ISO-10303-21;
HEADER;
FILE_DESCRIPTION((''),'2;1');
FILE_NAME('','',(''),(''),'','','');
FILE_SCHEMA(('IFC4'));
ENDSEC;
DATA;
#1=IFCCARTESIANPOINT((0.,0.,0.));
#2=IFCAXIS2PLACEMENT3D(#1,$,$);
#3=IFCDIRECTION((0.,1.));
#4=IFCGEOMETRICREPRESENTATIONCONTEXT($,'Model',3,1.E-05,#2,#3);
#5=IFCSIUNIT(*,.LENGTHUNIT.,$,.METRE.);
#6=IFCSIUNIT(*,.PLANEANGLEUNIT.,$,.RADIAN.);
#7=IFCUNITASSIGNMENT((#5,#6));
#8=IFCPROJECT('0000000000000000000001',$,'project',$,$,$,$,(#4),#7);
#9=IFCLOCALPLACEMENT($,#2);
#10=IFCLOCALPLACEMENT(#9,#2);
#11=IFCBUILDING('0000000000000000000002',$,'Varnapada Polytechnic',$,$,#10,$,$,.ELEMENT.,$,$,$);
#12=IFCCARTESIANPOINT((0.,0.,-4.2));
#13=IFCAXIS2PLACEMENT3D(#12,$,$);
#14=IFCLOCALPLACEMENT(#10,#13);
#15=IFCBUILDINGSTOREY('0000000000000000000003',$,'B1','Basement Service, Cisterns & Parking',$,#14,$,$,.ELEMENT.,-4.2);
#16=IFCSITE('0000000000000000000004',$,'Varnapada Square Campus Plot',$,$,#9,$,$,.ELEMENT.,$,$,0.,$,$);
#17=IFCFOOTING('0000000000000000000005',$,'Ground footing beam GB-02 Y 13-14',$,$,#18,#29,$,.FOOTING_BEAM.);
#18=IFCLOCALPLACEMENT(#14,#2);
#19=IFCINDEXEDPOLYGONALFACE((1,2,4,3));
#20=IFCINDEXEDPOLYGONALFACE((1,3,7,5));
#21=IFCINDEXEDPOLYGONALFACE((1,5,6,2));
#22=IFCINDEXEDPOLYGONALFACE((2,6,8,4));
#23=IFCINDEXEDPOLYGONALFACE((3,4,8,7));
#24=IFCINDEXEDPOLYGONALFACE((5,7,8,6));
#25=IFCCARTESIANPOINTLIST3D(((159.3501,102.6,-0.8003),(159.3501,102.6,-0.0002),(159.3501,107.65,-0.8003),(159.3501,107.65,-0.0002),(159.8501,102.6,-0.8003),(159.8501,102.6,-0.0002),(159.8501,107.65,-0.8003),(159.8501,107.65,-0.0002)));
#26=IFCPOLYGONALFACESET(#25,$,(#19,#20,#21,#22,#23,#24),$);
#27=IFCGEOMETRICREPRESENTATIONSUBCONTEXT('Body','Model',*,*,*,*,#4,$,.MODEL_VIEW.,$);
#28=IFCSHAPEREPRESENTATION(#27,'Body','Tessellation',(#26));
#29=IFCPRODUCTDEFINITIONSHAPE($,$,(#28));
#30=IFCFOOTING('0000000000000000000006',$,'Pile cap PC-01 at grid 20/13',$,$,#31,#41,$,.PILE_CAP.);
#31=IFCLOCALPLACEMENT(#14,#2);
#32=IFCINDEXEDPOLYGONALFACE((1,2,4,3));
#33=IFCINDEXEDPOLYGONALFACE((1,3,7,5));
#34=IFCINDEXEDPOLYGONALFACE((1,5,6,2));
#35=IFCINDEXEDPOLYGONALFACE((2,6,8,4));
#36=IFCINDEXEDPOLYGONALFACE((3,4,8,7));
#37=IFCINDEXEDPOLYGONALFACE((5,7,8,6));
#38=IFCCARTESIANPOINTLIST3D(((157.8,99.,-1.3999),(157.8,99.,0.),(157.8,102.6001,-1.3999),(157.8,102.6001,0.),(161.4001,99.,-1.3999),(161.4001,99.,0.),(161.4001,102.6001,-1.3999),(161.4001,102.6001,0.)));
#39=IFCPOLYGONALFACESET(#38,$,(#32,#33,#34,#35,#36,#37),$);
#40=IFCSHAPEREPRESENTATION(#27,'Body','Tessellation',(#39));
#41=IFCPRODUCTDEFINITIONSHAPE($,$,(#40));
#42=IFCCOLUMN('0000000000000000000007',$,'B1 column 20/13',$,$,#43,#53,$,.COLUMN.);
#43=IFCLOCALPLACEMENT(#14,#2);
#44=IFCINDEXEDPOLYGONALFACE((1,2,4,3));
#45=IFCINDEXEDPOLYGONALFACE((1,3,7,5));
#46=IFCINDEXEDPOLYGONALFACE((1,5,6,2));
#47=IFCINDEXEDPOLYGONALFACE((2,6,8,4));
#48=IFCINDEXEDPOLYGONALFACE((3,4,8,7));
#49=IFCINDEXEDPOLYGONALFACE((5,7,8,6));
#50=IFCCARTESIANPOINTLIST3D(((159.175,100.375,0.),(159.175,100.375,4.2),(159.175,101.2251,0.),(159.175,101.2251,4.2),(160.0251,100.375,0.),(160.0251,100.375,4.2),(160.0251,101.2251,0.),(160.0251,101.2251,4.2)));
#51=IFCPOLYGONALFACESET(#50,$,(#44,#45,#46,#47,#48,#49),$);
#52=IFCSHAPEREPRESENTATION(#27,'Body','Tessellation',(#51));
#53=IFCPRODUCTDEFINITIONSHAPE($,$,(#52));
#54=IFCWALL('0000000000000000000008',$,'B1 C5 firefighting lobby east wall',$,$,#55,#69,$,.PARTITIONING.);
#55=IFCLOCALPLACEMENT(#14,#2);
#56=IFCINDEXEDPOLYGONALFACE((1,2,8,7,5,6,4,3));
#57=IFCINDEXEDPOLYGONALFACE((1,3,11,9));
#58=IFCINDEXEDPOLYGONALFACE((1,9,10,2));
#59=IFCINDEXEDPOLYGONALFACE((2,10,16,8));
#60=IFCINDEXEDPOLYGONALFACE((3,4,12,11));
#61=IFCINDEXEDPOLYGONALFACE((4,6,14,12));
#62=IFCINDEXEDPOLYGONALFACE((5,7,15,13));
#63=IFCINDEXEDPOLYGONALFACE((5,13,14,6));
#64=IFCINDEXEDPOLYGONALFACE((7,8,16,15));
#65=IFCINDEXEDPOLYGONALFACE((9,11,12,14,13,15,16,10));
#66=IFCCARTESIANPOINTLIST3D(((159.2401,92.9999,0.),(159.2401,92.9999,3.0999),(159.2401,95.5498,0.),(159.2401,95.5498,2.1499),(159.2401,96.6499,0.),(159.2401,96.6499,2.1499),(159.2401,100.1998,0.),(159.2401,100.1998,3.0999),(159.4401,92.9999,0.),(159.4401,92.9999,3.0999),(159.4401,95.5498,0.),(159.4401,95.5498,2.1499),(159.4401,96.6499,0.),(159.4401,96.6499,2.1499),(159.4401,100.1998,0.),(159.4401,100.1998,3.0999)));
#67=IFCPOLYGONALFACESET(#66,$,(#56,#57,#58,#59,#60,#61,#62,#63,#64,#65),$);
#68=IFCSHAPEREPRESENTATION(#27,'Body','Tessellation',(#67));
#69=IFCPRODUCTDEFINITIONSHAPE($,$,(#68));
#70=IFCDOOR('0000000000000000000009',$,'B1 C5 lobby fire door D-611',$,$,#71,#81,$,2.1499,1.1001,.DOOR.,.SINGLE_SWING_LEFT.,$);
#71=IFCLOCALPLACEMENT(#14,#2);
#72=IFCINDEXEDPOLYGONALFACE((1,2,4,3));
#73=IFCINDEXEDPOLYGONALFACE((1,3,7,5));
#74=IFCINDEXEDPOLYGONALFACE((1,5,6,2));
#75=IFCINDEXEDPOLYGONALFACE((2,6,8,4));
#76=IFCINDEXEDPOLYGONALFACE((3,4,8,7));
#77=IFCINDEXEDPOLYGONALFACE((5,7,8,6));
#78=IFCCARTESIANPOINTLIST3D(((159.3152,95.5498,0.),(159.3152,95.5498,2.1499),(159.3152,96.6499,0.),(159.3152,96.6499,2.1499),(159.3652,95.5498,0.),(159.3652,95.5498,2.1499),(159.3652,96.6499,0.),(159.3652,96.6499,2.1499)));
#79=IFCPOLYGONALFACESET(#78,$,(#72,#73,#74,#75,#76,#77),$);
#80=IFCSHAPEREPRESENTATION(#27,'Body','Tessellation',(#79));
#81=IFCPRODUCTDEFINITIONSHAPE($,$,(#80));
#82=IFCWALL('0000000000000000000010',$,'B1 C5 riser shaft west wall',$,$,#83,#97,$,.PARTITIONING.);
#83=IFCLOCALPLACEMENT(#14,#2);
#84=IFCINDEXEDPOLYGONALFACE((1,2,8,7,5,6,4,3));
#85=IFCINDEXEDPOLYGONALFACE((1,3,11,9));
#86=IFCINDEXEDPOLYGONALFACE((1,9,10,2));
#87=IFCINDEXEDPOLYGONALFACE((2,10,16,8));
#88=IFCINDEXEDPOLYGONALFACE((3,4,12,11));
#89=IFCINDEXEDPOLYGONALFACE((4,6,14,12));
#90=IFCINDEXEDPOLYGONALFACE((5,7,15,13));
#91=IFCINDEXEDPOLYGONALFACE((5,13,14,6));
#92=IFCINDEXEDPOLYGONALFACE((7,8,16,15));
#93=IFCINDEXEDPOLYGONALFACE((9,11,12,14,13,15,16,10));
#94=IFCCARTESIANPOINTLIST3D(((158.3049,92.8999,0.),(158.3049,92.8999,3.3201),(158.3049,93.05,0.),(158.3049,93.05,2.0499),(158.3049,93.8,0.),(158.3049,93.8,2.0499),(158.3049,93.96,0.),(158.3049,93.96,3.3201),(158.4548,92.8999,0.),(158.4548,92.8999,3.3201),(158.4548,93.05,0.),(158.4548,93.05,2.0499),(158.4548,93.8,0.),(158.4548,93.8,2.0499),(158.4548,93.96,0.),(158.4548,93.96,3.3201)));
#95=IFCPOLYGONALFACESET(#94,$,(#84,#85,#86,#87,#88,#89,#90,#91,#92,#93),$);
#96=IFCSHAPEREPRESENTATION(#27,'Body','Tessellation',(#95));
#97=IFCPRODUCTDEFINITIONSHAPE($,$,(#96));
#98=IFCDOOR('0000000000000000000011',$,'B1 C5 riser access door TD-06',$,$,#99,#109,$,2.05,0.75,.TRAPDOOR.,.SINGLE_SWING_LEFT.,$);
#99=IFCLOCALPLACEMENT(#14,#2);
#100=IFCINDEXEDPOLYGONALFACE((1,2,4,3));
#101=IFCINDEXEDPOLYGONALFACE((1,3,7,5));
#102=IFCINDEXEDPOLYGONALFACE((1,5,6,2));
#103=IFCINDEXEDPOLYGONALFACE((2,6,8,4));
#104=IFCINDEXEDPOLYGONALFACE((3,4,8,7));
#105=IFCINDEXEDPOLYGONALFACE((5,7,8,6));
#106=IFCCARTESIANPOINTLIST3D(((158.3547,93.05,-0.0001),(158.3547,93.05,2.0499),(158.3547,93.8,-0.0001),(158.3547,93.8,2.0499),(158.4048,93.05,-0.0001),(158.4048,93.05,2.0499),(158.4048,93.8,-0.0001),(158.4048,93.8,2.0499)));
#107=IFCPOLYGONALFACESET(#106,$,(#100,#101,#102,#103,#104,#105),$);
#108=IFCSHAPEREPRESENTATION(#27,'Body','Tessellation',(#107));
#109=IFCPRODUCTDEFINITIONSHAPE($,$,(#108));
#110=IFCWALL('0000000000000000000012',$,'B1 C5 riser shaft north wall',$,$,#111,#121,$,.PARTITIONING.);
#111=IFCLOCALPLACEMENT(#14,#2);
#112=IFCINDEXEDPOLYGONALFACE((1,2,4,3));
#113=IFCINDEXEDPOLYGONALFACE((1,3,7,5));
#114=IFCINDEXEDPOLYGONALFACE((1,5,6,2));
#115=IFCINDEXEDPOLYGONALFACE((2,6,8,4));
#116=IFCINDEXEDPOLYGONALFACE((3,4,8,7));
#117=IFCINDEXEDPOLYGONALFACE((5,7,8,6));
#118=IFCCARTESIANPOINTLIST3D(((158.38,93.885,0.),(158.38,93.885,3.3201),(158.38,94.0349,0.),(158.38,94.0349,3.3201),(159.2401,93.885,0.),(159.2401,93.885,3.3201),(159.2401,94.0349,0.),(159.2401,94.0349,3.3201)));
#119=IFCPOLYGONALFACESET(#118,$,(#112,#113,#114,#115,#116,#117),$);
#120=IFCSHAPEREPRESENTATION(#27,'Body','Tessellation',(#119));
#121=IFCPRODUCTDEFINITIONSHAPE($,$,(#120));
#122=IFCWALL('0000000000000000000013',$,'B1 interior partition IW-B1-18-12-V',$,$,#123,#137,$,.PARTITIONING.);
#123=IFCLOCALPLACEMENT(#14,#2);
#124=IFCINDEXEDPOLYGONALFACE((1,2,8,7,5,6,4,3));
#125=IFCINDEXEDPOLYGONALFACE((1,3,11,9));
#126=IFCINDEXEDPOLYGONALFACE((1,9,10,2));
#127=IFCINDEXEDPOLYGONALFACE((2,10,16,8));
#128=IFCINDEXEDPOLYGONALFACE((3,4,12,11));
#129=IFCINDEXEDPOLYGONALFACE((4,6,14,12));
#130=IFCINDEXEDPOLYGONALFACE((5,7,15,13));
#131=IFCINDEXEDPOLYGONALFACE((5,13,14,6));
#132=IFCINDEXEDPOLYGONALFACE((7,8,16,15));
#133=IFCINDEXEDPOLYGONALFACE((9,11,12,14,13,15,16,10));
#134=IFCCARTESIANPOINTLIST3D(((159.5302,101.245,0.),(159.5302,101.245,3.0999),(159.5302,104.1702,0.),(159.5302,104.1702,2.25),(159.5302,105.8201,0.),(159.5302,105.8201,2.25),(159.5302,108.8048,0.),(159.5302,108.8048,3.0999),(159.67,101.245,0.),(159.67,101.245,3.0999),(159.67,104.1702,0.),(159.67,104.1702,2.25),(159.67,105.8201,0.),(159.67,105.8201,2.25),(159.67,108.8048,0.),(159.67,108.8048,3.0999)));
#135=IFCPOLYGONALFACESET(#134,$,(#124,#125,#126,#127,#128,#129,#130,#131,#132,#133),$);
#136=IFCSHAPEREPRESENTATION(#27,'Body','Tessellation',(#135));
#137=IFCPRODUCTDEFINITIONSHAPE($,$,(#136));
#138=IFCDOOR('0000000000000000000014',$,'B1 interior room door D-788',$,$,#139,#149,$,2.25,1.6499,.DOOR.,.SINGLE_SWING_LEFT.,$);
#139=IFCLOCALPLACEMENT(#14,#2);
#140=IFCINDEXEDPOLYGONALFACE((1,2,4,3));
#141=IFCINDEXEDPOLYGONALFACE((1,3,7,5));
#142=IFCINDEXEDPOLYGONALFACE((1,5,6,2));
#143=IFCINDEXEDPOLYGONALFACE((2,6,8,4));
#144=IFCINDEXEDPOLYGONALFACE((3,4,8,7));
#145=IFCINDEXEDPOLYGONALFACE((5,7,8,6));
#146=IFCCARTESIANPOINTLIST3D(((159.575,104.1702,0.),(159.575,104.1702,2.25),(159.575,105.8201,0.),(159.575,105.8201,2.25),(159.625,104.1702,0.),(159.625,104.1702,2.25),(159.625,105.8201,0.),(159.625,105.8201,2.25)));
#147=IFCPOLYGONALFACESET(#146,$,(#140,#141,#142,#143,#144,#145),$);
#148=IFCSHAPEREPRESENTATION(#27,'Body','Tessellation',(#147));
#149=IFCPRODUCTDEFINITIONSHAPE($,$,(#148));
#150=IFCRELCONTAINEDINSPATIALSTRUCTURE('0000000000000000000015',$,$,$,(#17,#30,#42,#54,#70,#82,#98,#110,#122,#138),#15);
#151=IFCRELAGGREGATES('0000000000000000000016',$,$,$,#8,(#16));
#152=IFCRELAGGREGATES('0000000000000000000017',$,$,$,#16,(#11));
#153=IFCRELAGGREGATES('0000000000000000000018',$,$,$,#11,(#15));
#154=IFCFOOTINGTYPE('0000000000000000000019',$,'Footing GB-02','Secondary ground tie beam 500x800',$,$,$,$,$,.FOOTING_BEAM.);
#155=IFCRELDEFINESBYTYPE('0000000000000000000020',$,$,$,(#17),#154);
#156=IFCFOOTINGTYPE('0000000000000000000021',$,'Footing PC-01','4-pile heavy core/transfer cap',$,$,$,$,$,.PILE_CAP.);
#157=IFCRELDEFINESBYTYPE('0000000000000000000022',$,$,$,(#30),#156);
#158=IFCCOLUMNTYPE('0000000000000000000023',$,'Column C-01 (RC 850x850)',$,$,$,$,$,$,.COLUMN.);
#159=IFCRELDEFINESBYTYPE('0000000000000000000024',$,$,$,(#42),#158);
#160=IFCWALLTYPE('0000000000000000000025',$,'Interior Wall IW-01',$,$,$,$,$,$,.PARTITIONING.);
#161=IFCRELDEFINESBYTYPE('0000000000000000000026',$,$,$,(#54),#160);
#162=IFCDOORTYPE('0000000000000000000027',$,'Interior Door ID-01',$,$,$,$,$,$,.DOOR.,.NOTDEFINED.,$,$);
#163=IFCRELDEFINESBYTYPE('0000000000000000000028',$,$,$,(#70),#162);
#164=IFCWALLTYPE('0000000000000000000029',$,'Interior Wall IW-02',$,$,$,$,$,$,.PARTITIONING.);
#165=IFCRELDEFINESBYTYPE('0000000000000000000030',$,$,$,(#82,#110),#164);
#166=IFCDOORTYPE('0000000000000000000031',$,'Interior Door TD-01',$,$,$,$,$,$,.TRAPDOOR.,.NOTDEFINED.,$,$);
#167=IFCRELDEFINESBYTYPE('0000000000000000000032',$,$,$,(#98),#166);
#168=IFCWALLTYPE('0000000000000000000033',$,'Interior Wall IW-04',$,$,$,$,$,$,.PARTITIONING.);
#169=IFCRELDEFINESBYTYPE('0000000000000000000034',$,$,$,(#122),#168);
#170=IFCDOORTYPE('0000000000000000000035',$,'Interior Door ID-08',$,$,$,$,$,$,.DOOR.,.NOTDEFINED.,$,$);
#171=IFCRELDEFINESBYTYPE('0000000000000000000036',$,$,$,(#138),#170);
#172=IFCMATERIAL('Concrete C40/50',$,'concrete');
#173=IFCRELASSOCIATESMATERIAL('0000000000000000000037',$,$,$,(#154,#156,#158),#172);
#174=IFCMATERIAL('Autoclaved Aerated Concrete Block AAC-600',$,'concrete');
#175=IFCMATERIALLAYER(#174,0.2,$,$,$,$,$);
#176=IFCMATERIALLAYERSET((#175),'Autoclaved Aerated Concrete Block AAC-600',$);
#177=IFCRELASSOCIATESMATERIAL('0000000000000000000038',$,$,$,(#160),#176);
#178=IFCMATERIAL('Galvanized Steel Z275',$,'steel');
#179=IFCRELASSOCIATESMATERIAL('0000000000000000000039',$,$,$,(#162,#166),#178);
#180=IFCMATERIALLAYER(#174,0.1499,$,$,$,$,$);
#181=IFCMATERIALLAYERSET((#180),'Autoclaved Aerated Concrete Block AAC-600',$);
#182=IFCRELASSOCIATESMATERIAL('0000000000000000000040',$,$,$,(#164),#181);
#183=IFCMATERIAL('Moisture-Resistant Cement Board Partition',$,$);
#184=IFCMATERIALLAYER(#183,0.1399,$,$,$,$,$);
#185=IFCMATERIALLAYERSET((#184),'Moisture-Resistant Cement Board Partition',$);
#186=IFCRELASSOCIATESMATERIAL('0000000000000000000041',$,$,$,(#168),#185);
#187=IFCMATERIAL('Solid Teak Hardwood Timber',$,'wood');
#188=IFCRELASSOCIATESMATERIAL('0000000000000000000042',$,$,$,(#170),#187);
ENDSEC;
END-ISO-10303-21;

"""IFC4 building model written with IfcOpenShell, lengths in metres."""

from ifc_helpers import new_model, si_unit, direction, frame, frame_2d, origin, origin_2d, place, context, subcontext, project, spatial, rectangle, extrude, material, layer, layer_set, material_profile, profile_set, type_object, element, fill, save


model = new_model("IFC4")

# Units and contexts
model_context = context("Model", 3, precision=1e-05, world=origin(), true_north=direction((0.0, 1.0)))
body_context = subcontext(model_context, "Body", "Model", "MODEL_VIEW")
ifc_project = project(units=[si_unit("LENGTHUNIT", "METRE"), si_unit("PLANEANGLEUNIT", "RADIAN")], contexts=[model_context])

# Site, building, storey
site_placement = place(None, origin())
site = spatial("IfcSite", under=ifc_project, at=site_placement, Name="Varnapada Square Campus Plot", CompositionType="ELEMENT", RefElevation=0.0)
building_placement = place(site_placement, origin())
building = spatial("IfcBuilding", under=site, at=building_placement, Name="Varnapada Polytechnic", CompositionType="ELEMENT")
storey_placement = place(building_placement, frame((0.0, 0.0, -4.2)))
storey = spatial("IfcBuildingStorey", under=building, at=storey_placement, Name="B1", Description="Basement Service, Cisterns & Parking", CompositionType="ELEMENT", Elevation=-4.2)

# Shared definitions
ifc_material_1 = material(Name="Concrete C40/50", Category="concrete")

# Footings
footing_type_1 = type_object("IfcFootingType", Name="Footing GB-02", Description="Secondary ground tie beam 500x800", PredefinedType="FOOTING_BEAM", material=ifc_material_1)
footing_1_placement = place(storey_placement, frame((159.6001, 105.125, -0.8003), z_axis=(0.0, 0.0, 1.0), x_axis=(0.0, 1.0, 0.0)))
element("IfcFooting", 1, at=footing_1_placement, inside=storey, type_object=footing_type_1, Name="Ground footing beam GB-02 Y 13-14", PredefinedType="FOOTING_BEAM", context=body_context, shape_type="SweptSolid", body=[
    extrude(rectangle(XDim=5.05, YDim=0.5, at=origin_2d()), origin(), (0.0, 0.0, 1.0), 0.8),
])
footing_type_2 = type_object("IfcFootingType", Name="Footing PC-01", Description="4-pile heavy core/transfer cap", PredefinedType="PILE_CAP", material=ifc_material_1)
footing_2_placement = place(storey_placement, frame((159.6001, 100.8, -1.3999), z_axis=(0.0, 0.0, 1.0), x_axis=(1.0, 0.0, 0.0)))
element("IfcFooting", 2, at=footing_2_placement, inside=storey, type_object=footing_type_2, Name="Pile cap PC-01 at grid 20/13", PredefinedType="PILE_CAP", context=body_context, shape_type="SweptSolid", body=[
    extrude(rectangle(XDim=3.6001, YDim=3.6001, at=origin_2d()), origin(), (0.0, 0.0, 1.0), 1.3999),
])

# Column
ifc_material_profile_1 = material_profile(ifc_material_1, rectangle(XDim=0.8501, YDim=0.8501, at=origin_2d()), Name="RC 850x850")
ifc_profile_set_1 = profile_set([ifc_material_profile_1], Name="Concrete C40/50")
column_type = type_object("IfcColumnType", Name="Column C-01 (RC 850x850)", PredefinedType="COLUMN", material=ifc_profile_set_1)
column_placement = place(storey_placement, frame((159.6001, 100.8, 0.0), z_axis=(0.0, 0.0, 1.0), x_axis=(1.0, 0.0, 0.0)))
element("IfcColumn", 3, at=column_placement, inside=storey, type_object=column_type, Name="B1 column 20/13", PredefinedType="COLUMN", context=body_context, shape_type="SweptSolid", body=[
    extrude(rectangle(XDim=0.8501, YDim=0.8501, at=origin_2d()), origin(), (0.0, 0.0, 1.0), 4.2),
])

# Walls, openings, doors
ifc_material_2 = material(Name="Autoclaved Aerated Concrete Block AAC-600", Category="concrete")
ifc_layer_1 = layer(ifc_material_2, 0.2)
ifc_layer_set_1 = layer_set([ifc_layer_1], Name="Autoclaved Aerated Concrete Block AAC-600")
wall_type_1 = type_object("IfcWallType", Name="Interior Wall IW-01", PredefinedType="PARTITIONING", material=ifc_layer_set_1)
wall_1_placement = place(storey_placement, frame((159.3401, 100.2, 0.0), z_axis=(0.0, 0.0, 1.0), x_axis=(0.0, -1.0, 0.0)))
wall_1 = element("IfcWall", 4, at=wall_1_placement, inside=storey, type_object=wall_type_1, Name="B1 C5 firefighting lobby east wall", PredefinedType="PARTITIONING", context=body_context, shape_type="SweptSolid", body=[
    extrude(rectangle(XDim=7.2, YDim=0.2, at=frame_2d((3.6001, 0.0))), origin(), (0.0, 0.0, 1.0), 3.0999),
])
opening_1_placement = place(wall_1_placement, frame((3.55, 0.0, 0.0)))
opening_1 = element("IfcOpeningElement", 5, at=opening_1_placement, cuts=wall_1, PredefinedType="OPENING", context=body_context, shape_type="SweptSolid", body=[
    extrude(rectangle(XDim=1.1001, YDim=2.1499, at=frame_2d((0.55, 1.075))), frame((0.0, 0.1099, 0.0), z_axis=(0.0, -1.0, 0.0), x_axis=(1.0, 0.0, 0.0)), (0.0, 0.0, 1.0), 0.22),
])
ifc_material_3 = material(Name="Galvanized Steel Z275", Category="steel")
door_type_1 = type_object("IfcDoorType", Name="Interior Door ID-01", OperationType="NOTDEFINED", PredefinedType="DOOR", material=ifc_material_3)
door_1_placement = place(opening_1_placement, frame((1.1001, 0.0, 0.0), z_axis=(0.0, 0.0, 1.0), x_axis=(-1.0, 0.0, 0.0)))
door_1 = element("IfcDoor", 6, at=door_1_placement, inside=storey, type_object=door_type_1, Name="B1 C5 lobby fire door D-611", OperationType="SINGLE_SWING_LEFT", OverallHeight=2.1499, OverallWidth=1.1001, PredefinedType="DOOR", context=body_context, shape_type="SweptSolid", body=[
    extrude(rectangle(XDim=1.1001, YDim=2.1499, at=frame_2d((0.55, 1.075))), frame((0.0, 0.0249, 0.0), z_axis=(0.0, -1.0, 0.0), x_axis=(1.0, 0.0, 0.0)), (0.0, 0.0, 1.0), 0.05),
])
fill(opening_1, door_1)
ifc_layer_2 = layer(ifc_material_2, 0.1499)
ifc_layer_set_2 = layer_set([ifc_layer_2], Name="Autoclaved Aerated Concrete Block AAC-600")
wall_type_2 = type_object("IfcWallType", Name="Interior Wall IW-02", PredefinedType="PARTITIONING", material=ifc_layer_set_2)
wall_2_placement = place(storey_placement, frame((158.3799, 93.96, 0.0), z_axis=(0.0, 0.0, 1.0), x_axis=(0.0, -1.0, 0.0)))
wall_2 = element("IfcWall", 7, at=wall_2_placement, inside=storey, type_object=wall_type_2, Name="B1 C5 riser shaft west wall", PredefinedType="PARTITIONING", context=body_context, shape_type="SweptSolid", body=[
    extrude(rectangle(XDim=1.0601, YDim=0.1499, at=frame_2d((0.53, 0.0))), origin(), (0.0, 0.0, 1.0), 3.3201),
])
opening_2_placement = place(wall_2_placement, frame((0.1599, 0.0, 0.0)))
opening_2 = element("IfcOpeningElement", 8, at=opening_2_placement, cuts=wall_2, PredefinedType="OPENING", context=body_context, shape_type="SweptSolid", body=[
    extrude(rectangle(XDim=0.75, YDim=2.05, at=frame_2d((0.375, 1.0249))), frame((0.0, 0.085, 0.0), z_axis=(0.0, -1.0, 0.0), x_axis=(1.0, 0.0, 0.0)), (0.0, 0.0, 1.0), 0.1699),
])
door_type_2 = type_object("IfcDoorType", Name="Interior Door TD-01", OperationType="NOTDEFINED", PredefinedType="TRAPDOOR", material=ifc_material_3)
door_2_placement = place(opening_2_placement, origin())
door_2 = element("IfcDoor", 9, at=door_2_placement, inside=storey, type_object=door_type_2, Name="B1 C5 riser access door TD-06", OperationType="SINGLE_SWING_LEFT", OverallHeight=2.05, OverallWidth=0.75, PredefinedType="TRAPDOOR", context=body_context, shape_type="SweptSolid", body=[
    extrude(rectangle(XDim=0.75, YDim=2.05, at=frame_2d((0.375, 1.0249))), frame((0.0, 0.0249, 0.0), z_axis=(0.0, -1.0, 0.0), x_axis=(1.0, 0.0, 0.0)), (0.0, 0.0, 1.0), 0.05),
])
fill(opening_2, door_2)

# Wall
wall_3_placement = place(storey_placement, frame((158.3799, 93.96, 0.0), z_axis=(0.0, 0.0, 1.0), x_axis=(1.0, 0.0, 0.0)))
element("IfcWall", 10, at=wall_3_placement, inside=storey, type_object=wall_type_2, Name="B1 C5 riser shaft north wall", PredefinedType="PARTITIONING", context=body_context, shape_type="SweptSolid", body=[
    extrude(rectangle(XDim=0.8601, YDim=0.1499, at=frame_2d((0.4302, 0.0))), origin(), (0.0, 0.0, 1.0), 3.3201),
])

# Wall, opening, door
ifc_material_4 = material(Name="Moisture-Resistant Cement Board Partition")
ifc_layer_3 = layer(ifc_material_4, 0.1399)
ifc_layer_set_3 = layer_set([ifc_layer_3], Name="Moisture-Resistant Cement Board Partition")
wall_type_3 = type_object("IfcWallType", Name="Interior Wall IW-04", PredefinedType="PARTITIONING", material=ifc_layer_set_3)
wall_4_placement = place(storey_placement, frame((159.6001, 101.2451, 0.0), z_axis=(0.0, 0.0, 1.0), x_axis=(0.0, 1.0, 0.0)))
wall_4 = element("IfcWall", 11, at=wall_4_placement, inside=storey, type_object=wall_type_3, Name="B1 interior partition IW-B1-18-12-V", PredefinedType="PARTITIONING", context=body_context, shape_type="SweptSolid", body=[
    extrude(rectangle(XDim=7.5598, YDim=0.1399, at=frame_2d((3.7798, 0.0))), origin(), (0.0, 0.0, 1.0), 3.0999),
])
opening_3_placement = place(wall_4_placement, frame((2.925, 0.0, 0.0)))
opening_3 = element("IfcOpeningElement", 12, at=opening_3_placement, cuts=wall_4, PredefinedType="OPENING", context=body_context, shape_type="SweptSolid", body=[
    extrude(rectangle(XDim=1.6499, YDim=2.25, at=frame_2d((0.825, 1.125))), frame((0.0, 0.0798, 0.0), z_axis=(0.0, -1.0, 0.0), x_axis=(1.0, 0.0, 0.0)), (0.0, 0.0, 1.0), 0.1599),
])
ifc_material_5 = material(Name="Solid Teak Hardwood Timber", Category="wood")
door_type_3 = type_object("IfcDoorType", Name="Interior Door ID-08", OperationType="NOTDEFINED", PredefinedType="DOOR", material=ifc_material_5)
door_3_placement = place(opening_3_placement, frame((1.6499, 0.0, 0.0), z_axis=(0.0, 0.0, 1.0), x_axis=(-1.0, 0.0, 0.0)))
door_3 = element("IfcDoor", 13, at=door_3_placement, inside=storey, type_object=door_type_3, Name="B1 interior room door D-788", OperationType="SINGLE_SWING_LEFT", OverallHeight=2.25, OverallWidth=1.6499, PredefinedType="DOOR", context=body_context, shape_type="SweptSolid", body=[
    extrude(rectangle(XDim=1.6499, YDim=2.25, at=frame_2d((0.825, 1.125))), frame((0.0, 0.0249, 0.0), z_axis=(0.0, -1.0, 0.0), x_axis=(1.0, 0.0, 0.0)), (0.0, 0.0, 1.0), 0.05),
])
fill(opening_3, door_3)

save(model, "model.ifc")
